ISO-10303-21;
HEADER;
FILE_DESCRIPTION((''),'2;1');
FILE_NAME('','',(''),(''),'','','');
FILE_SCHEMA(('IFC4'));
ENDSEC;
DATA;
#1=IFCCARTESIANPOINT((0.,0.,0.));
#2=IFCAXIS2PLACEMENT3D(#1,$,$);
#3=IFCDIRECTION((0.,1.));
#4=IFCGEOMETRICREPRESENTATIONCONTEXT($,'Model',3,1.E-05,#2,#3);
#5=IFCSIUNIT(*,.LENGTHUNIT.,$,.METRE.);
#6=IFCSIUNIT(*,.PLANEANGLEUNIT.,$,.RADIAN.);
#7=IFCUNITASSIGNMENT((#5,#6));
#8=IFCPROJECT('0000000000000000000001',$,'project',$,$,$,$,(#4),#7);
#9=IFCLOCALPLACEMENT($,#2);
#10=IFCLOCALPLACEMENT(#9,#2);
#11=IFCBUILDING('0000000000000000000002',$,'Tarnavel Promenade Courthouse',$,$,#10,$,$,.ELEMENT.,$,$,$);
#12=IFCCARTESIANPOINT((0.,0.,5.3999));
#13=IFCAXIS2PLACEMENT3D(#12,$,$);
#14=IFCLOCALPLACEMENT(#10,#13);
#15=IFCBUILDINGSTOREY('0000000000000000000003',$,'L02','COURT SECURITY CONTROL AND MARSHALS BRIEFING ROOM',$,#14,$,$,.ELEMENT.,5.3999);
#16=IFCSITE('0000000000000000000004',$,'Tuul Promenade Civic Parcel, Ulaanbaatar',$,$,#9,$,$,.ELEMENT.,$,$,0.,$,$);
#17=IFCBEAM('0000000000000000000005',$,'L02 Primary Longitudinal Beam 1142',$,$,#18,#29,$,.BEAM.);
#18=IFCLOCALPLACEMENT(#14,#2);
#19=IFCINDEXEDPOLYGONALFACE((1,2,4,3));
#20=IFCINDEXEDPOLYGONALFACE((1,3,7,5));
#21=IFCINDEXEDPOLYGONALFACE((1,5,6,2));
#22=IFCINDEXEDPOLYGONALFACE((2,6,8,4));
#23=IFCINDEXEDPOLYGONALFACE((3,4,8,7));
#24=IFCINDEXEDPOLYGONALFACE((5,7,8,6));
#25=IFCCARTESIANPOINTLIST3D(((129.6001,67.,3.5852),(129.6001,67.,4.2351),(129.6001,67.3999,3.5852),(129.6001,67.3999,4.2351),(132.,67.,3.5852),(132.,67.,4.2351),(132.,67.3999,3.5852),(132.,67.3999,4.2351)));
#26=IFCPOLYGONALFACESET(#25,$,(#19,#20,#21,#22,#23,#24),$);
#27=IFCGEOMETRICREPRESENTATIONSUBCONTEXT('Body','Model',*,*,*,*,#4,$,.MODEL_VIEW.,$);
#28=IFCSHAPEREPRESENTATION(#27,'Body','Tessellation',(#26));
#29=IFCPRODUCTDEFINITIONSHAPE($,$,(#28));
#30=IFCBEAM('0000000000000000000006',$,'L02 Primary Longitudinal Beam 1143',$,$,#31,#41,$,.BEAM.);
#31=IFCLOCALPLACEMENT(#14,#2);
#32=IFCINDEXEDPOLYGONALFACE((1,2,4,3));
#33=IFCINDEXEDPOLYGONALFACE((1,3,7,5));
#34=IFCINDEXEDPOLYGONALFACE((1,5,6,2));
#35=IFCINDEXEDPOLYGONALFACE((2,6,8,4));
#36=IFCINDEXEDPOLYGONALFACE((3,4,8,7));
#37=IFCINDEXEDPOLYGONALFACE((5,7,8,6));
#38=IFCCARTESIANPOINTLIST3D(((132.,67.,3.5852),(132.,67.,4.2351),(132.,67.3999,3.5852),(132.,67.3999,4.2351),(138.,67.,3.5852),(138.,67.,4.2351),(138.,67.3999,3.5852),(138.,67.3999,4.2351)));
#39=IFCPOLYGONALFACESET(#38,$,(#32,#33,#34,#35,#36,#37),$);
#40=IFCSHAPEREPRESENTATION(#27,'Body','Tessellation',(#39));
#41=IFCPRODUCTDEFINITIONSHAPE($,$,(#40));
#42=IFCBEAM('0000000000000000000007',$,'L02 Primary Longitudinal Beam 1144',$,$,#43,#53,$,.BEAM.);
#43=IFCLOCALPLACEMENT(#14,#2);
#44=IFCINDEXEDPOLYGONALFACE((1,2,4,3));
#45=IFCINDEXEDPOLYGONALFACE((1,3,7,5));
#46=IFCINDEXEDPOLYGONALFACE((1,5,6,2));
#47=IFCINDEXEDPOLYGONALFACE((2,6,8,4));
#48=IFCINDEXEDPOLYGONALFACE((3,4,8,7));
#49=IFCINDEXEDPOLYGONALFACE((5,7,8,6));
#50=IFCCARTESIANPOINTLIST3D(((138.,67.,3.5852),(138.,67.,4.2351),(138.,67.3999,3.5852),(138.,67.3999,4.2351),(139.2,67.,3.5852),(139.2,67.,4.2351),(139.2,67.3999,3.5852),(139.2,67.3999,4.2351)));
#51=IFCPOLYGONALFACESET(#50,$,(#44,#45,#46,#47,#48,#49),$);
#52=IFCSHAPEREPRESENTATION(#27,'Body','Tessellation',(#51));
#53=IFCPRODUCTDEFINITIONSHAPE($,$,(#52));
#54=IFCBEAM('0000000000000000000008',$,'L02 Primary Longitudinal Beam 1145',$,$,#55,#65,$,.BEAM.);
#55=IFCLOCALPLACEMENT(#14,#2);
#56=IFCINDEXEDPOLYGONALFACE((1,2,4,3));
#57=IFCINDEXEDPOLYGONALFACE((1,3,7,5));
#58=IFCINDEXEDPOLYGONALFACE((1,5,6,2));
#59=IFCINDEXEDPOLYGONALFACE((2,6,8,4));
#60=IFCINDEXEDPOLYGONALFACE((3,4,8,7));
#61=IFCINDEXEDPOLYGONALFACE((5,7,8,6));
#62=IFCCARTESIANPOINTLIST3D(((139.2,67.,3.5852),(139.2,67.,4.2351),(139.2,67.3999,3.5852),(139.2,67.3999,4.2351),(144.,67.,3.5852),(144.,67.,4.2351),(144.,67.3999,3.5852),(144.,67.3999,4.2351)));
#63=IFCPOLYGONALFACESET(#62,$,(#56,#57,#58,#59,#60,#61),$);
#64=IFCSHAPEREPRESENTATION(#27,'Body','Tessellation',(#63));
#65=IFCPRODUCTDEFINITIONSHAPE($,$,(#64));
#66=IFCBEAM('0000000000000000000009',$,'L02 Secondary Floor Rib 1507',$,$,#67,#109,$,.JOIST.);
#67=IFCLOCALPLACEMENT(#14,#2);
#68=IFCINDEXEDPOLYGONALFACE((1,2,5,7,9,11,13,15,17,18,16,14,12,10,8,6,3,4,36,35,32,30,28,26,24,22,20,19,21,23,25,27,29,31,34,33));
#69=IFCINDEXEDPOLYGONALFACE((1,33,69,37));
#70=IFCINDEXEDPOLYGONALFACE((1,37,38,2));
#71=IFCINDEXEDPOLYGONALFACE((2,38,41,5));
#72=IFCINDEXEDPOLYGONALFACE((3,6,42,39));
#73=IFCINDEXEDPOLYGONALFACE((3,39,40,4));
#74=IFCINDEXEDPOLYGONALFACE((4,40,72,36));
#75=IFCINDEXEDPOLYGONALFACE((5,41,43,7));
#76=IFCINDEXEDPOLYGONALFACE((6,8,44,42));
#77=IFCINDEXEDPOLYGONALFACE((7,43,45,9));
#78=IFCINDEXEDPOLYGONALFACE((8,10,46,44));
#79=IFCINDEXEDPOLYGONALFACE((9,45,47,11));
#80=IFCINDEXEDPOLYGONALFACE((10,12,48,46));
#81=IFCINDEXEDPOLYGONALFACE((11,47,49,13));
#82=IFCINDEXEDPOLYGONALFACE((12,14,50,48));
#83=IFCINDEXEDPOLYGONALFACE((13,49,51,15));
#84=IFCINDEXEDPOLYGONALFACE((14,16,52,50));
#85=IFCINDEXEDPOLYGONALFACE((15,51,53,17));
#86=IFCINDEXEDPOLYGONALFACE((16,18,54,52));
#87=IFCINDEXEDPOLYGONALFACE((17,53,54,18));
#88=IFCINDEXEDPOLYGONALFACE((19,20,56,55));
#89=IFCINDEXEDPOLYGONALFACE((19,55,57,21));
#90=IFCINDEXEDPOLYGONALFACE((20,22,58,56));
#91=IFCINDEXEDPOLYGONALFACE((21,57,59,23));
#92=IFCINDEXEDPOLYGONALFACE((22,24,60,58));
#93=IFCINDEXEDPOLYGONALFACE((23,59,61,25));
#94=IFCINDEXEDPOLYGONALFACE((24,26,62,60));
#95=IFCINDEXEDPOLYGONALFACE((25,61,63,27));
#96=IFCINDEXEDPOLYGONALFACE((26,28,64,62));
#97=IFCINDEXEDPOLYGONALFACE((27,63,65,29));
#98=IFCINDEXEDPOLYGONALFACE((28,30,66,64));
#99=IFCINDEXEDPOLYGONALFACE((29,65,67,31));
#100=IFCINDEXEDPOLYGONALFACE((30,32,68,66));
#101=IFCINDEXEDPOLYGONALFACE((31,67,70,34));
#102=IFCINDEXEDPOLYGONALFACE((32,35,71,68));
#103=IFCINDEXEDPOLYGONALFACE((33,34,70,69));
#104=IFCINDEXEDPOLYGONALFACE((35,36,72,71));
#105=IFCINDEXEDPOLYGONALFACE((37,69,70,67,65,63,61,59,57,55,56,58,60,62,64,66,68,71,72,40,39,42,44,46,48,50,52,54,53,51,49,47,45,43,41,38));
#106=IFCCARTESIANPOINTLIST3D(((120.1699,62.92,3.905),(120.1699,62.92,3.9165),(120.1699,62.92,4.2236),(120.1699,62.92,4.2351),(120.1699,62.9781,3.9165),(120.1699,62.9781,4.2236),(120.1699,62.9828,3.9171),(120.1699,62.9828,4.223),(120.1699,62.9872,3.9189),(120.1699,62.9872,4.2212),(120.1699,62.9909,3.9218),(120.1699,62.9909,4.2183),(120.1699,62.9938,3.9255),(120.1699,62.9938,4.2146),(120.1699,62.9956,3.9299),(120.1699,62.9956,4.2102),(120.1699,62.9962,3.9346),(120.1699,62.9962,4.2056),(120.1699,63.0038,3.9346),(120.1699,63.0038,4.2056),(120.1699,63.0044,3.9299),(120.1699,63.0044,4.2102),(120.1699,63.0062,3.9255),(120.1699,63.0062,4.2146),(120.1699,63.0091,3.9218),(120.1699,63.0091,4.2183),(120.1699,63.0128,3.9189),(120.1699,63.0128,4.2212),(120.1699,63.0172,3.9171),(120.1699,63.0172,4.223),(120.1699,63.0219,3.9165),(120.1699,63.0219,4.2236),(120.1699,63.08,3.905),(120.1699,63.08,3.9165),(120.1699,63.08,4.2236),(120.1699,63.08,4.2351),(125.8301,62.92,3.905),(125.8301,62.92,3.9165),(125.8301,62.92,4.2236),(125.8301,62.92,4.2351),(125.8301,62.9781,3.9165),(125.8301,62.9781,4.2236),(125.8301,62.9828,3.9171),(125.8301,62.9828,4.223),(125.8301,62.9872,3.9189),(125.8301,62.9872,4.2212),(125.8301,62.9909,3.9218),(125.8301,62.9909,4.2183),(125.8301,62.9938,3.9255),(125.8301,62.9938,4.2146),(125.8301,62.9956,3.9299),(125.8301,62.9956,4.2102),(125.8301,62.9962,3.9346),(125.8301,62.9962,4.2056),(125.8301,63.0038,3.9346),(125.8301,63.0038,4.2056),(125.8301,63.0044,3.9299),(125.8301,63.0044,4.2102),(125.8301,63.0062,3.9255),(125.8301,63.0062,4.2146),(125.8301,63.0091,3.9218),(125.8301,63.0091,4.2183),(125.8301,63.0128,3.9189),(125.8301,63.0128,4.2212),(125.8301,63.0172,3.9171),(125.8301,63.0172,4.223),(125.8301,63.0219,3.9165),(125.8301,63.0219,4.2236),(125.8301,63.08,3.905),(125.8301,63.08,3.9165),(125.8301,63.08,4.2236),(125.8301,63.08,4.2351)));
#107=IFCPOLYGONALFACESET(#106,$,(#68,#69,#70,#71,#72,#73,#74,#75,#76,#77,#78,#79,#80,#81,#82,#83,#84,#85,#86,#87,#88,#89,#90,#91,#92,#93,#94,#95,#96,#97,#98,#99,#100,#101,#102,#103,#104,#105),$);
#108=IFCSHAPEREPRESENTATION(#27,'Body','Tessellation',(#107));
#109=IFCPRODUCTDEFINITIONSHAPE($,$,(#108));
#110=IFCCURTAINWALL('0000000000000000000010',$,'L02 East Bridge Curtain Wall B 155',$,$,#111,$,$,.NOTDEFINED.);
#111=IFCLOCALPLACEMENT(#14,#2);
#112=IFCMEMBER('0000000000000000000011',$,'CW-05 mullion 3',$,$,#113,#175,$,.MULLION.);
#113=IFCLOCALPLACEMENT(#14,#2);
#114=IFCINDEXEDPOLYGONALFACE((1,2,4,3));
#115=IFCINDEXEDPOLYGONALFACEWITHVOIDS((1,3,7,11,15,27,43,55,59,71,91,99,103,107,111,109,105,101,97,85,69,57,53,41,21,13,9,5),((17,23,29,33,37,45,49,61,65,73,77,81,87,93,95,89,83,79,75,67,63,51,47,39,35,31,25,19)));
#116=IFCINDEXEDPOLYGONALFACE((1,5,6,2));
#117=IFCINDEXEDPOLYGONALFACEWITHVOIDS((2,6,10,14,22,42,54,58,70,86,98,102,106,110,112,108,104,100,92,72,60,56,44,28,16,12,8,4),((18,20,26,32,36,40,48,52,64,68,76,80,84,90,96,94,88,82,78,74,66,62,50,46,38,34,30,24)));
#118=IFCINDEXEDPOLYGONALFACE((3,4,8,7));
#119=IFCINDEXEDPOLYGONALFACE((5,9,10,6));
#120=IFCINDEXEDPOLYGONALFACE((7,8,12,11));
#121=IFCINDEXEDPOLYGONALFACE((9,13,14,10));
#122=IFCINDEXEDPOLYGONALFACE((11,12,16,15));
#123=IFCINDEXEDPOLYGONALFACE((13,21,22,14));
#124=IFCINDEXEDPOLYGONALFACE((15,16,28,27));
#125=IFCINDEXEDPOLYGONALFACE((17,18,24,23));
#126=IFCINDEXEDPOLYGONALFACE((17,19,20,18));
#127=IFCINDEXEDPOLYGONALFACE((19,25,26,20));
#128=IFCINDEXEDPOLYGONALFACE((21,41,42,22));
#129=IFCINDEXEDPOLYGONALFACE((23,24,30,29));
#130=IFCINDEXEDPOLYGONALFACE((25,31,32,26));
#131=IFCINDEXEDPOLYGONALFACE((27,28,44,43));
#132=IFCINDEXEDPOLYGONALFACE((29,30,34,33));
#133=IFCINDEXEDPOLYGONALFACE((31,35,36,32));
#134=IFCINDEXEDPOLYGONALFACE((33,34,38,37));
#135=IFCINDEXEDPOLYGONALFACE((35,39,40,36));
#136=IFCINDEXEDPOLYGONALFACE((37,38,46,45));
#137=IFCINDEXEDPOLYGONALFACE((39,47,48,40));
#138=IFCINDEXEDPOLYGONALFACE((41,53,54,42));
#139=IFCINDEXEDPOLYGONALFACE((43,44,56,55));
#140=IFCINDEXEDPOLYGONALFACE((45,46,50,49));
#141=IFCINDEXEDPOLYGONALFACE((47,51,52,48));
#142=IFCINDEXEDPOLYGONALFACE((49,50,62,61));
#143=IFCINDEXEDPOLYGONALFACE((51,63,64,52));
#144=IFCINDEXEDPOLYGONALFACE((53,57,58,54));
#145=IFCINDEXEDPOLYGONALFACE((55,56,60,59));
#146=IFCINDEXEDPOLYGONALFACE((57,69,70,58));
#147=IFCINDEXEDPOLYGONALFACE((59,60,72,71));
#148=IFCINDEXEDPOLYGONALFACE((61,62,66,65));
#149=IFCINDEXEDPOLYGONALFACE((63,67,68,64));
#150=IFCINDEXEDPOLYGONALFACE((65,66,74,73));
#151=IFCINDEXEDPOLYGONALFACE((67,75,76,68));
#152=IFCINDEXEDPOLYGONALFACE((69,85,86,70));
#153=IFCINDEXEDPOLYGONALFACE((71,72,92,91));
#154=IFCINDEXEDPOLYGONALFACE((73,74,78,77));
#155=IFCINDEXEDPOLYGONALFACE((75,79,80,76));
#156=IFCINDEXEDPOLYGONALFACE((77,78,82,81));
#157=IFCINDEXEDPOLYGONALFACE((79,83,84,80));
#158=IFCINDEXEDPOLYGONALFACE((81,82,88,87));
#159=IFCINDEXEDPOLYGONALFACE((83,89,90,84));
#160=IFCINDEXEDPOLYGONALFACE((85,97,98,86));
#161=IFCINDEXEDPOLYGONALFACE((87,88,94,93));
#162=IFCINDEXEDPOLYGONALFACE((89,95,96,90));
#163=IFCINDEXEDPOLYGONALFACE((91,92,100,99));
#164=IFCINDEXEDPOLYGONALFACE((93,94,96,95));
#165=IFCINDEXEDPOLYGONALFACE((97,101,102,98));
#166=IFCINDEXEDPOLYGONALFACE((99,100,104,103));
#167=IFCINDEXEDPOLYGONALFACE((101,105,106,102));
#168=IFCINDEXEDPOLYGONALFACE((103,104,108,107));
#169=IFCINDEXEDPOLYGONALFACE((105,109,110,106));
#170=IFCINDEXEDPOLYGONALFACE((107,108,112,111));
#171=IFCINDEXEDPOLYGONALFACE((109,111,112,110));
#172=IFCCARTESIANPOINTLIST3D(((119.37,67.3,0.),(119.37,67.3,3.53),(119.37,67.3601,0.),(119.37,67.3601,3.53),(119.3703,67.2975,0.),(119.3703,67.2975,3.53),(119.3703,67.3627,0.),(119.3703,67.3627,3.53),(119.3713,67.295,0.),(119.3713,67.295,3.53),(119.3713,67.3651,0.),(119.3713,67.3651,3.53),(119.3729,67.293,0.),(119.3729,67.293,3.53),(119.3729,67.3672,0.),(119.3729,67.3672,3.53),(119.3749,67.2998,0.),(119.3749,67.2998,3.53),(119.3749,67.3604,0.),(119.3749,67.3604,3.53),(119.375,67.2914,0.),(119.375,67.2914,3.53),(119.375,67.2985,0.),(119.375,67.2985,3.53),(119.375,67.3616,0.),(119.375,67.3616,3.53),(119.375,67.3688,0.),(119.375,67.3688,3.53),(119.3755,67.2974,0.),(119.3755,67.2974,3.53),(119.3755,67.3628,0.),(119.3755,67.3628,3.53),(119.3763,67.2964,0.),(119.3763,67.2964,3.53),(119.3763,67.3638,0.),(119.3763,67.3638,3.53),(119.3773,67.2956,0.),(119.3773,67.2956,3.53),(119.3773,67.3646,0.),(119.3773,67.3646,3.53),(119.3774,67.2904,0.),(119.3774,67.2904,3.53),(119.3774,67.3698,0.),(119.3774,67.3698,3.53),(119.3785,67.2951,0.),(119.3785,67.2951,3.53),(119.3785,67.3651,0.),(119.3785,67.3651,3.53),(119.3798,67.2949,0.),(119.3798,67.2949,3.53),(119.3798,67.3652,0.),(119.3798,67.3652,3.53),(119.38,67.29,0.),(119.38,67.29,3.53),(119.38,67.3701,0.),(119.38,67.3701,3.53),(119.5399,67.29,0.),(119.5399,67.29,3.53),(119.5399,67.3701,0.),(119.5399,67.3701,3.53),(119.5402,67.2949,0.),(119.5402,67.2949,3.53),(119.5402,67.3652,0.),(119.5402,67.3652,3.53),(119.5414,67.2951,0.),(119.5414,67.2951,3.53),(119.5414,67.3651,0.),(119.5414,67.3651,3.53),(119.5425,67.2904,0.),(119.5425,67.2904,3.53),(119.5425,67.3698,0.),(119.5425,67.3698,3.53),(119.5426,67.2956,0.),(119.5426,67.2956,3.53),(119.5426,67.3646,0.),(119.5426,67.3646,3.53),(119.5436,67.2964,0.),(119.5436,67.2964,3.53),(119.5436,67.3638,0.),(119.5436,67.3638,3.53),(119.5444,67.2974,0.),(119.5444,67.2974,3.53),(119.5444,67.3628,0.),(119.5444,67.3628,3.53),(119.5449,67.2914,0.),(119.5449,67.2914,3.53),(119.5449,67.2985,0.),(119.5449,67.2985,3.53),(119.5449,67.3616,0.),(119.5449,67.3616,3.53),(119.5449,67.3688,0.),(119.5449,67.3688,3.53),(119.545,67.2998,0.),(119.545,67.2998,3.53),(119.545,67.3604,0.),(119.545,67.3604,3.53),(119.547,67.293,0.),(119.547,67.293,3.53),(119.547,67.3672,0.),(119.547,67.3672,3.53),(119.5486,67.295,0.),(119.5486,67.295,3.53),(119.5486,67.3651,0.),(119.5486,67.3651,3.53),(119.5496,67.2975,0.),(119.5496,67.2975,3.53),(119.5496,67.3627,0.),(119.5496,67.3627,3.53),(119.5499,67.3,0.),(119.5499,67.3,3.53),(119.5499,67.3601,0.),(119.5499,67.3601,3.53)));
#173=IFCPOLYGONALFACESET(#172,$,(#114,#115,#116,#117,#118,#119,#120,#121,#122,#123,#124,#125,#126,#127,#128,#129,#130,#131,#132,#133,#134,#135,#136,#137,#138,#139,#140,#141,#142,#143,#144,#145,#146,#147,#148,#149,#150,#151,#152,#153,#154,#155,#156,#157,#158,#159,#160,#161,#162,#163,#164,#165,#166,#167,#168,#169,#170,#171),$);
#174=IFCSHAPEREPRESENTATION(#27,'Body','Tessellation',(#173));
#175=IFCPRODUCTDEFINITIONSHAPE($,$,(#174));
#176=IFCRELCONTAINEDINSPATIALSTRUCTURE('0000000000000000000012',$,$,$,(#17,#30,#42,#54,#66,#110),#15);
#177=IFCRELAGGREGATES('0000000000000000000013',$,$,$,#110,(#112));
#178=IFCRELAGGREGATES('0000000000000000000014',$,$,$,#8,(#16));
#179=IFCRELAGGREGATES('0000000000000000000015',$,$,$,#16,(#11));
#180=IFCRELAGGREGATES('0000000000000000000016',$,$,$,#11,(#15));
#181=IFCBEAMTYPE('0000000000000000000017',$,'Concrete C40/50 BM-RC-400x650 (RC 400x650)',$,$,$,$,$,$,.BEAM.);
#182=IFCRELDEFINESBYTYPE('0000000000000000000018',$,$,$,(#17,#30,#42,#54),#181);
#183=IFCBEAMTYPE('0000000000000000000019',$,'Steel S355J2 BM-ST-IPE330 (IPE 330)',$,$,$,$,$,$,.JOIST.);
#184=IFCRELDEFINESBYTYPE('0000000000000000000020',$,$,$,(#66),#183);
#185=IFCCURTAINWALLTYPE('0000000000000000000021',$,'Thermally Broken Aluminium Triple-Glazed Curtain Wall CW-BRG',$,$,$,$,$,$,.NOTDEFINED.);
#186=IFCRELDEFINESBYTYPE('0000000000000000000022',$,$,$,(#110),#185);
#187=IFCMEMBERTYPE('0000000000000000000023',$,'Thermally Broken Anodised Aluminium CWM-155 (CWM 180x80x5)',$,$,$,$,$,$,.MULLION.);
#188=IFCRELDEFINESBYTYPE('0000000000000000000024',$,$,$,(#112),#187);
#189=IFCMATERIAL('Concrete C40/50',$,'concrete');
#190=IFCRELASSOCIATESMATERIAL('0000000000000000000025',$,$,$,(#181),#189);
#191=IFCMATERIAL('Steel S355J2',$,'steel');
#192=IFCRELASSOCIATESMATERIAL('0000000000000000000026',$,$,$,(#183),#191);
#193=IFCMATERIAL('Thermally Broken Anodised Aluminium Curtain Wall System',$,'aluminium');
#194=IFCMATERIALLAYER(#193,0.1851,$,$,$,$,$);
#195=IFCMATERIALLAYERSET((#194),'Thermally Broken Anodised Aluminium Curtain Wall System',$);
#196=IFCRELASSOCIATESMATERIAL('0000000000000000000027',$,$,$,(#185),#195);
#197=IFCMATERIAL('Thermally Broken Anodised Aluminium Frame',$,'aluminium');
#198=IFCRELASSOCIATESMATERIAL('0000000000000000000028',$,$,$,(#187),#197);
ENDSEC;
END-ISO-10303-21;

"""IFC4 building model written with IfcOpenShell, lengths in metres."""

from ifc_helpers import new_model, si_unit, direction, frame, origin, origin_2d, place, context, subcontext, project, spatial, rectangle, hollow_rectangle, i_section, extrude, material, layer, layer_set, material_profile, profile_set, type_object, element, aggregate, save


model = new_model("IFC4")

# Units and contexts
model_context = context("Model", 3, precision=1e-05, world=origin(), true_north=direction((0.0, 1.0)))
body_context = subcontext(model_context, "Body", "Model", "MODEL_VIEW")
ifc_project = project(units=[si_unit("LENGTHUNIT", "METRE"), si_unit("PLANEANGLEUNIT", "RADIAN")], contexts=[model_context])

# Site, building, storey
site_placement = place(None, origin())
site = spatial("IfcSite", under=ifc_project, at=site_placement, Name="Tuul Promenade Civic Parcel, Ulaanbaatar", CompositionType="ELEMENT", RefElevation=0.0)
building_placement = place(site_placement, origin())
building = spatial("IfcBuilding", under=site, at=building_placement, Name="Tarnavel Promenade Courthouse", CompositionType="ELEMENT")
storey_placement = place(building_placement, frame((0.0, 0.0, 5.3999)))
storey = spatial("IfcBuildingStorey", under=building, at=storey_placement, Name="L02", Description="COURT SECURITY CONTROL AND MARSHALS BRIEFING ROOM", CompositionType="ELEMENT", Elevation=5.3999)

# Shared definitions
ifc_material_1 = material(Name="Concrete C40/50", Category="concrete")

# Beams
ifc_material_profile_1 = material_profile(ifc_material_1, rectangle(XDim=0.3999, YDim=0.6499, at=origin_2d()), Name="RC 400x650")
ifc_profile_set_1 = profile_set([ifc_material_profile_1], Name="Concrete C40/50")
beam_type_1 = type_object("IfcBeamType", Name="Concrete C40/50 BM-RC-400x650 (RC 400x650)", PredefinedType="BEAM", material=ifc_profile_set_1)
beam_1_placement = place(storey_placement, frame((129.6001, 67.2, 3.9102), z_axis=(1.0, 0.0, 0.0), x_axis=(0.0, 1.0, 0.0)))
element("IfcBeam", 1, at=beam_1_placement, inside=storey, type_object=beam_type_1, Name="L02 Primary Longitudinal Beam 1142", PredefinedType="BEAM", context=body_context, shape_type="SweptSolid", body=[
    extrude(rectangle(XDim=0.3999, YDim=0.6499, at=origin_2d()), origin(), (0.0, 0.0, 1.0), 2.3999),
])
beam_2_placement = place(storey_placement, frame((132.0, 67.2, 3.9102), z_axis=(1.0, 0.0, 0.0), x_axis=(0.0, 1.0, 0.0)))
element("IfcBeam", 2, at=beam_2_placement, inside=storey, type_object=beam_type_1, Name="L02 Primary Longitudinal Beam 1143", PredefinedType="BEAM", context=body_context, shape_type="SweptSolid", body=[
    extrude(rectangle(XDim=0.3999, YDim=0.6499, at=origin_2d()), origin(), (0.0, 0.0, 1.0), 6.0),
])
beam_3_placement = place(storey_placement, frame((138.0, 67.2, 3.9102), z_axis=(1.0, 0.0, 0.0), x_axis=(0.0, 1.0, 0.0)))
element("IfcBeam", 3, at=beam_3_placement, inside=storey, type_object=beam_type_1, Name="L02 Primary Longitudinal Beam 1144", PredefinedType="BEAM", context=body_context, shape_type="SweptSolid", body=[
    extrude(rectangle(XDim=0.3999, YDim=0.6499, at=origin_2d()), origin(), (0.0, 0.0, 1.0), 1.2),
])
beam_4_placement = place(storey_placement, frame((139.2, 67.2, 3.9102), z_axis=(1.0, 0.0, 0.0), x_axis=(0.0, 1.0, 0.0)))
element("IfcBeam", 4, at=beam_4_placement, inside=storey, type_object=beam_type_1, Name="L02 Primary Longitudinal Beam 1145", PredefinedType="BEAM", context=body_context, shape_type="SweptSolid", body=[
    extrude(rectangle(XDim=0.3999, YDim=0.6499, at=origin_2d()), origin(), (0.0, 0.0, 1.0), 4.8),
])
ifc_material_2 = material(Name="Steel S355J2", Category="steel")
ifc_material_profile_2 = material_profile(ifc_material_2, i_section(OverallWidth=0.1599, OverallDepth=0.3301, WebThickness=0.0076, FlangeThickness=0.0115, FilletRadius=0.0181, at=origin_2d()), Name="IPE 330")
ifc_profile_set_2 = profile_set([ifc_material_profile_2], Name="Steel S355J2")
beam_type_2 = type_object("IfcBeamType", Name="Steel S355J2 BM-ST-IPE330 (IPE 330)", PredefinedType="JOIST", material=ifc_profile_set_2)
beam_5_placement = place(storey_placement, frame((120.1699, 63.0, 4.0701), z_axis=(1.0, 0.0, 0.0), x_axis=(0.0, 1.0, 0.0)))
element("IfcBeam", 5, at=beam_5_placement, inside=storey, type_object=beam_type_2, Name="L02 Secondary Floor Rib 1507", PredefinedType="JOIST", context=body_context, shape_type="SweptSolid", body=[
    extrude(i_section(OverallWidth=0.1599, OverallDepth=0.3301, WebThickness=0.0076, FlangeThickness=0.0115, FilletRadius=0.0181, at=origin_2d()), origin(), (0.0, 0.0, 1.0), 5.6602),
])

# Curtain wall, member
ifc_material_3 = material(Name="Thermally Broken Anodised Aluminium Curtain Wall System", Category="aluminium")
ifc_layer_1 = layer(ifc_material_3, 0.1851)
ifc_layer_set_1 = layer_set([ifc_layer_1], Name="Thermally Broken Anodised Aluminium Curtain Wall System")
curtain_wall_type_1 = type_object("IfcCurtainWallType", Name="Thermally Broken Aluminium Triple-Glazed Curtain Wall CW-BRG", PredefinedType="NOTDEFINED", material=ifc_layer_set_1)
curtain_wall_1_placement = place(storey_placement, origin())
curtain_wall_1 = element("IfcCurtainWall", 6, at=curtain_wall_1_placement, inside=storey, type_object=curtain_wall_type_1, Name="L02 East Bridge Curtain Wall B 155", PredefinedType="NOTDEFINED")
ifc_material_4 = material(Name="Thermally Broken Anodised Aluminium Frame", Category="aluminium")
ifc_material_profile_3 = material_profile(ifc_material_4, hollow_rectangle(XDim=0.0801, YDim=0.1799, WallThickness=0.0049, InnerFilletRadius=0.0049, OuterFilletRadius=0.01, at=origin_2d()), Name="CWM 180x80x5")
ifc_profile_set_3 = profile_set([ifc_material_profile_3], Name="Thermally Broken Anodised Aluminium Frame")
member_type_1 = type_object("IfcMemberType", Name="Thermally Broken Anodised Aluminium CWM-155 (CWM 180x80x5)", PredefinedType="MULLION", material=ifc_profile_set_3)
member_1_placement = place(storey_placement, frame((119.46, 67.3301, 0.0), z_axis=(0.0, 0.0, 1.0), x_axis=(0.0, 1.0, 0.0)))
member_1 = element("IfcMember", 7, at=member_1_placement, type_object=member_type_1, Name="CW-05 mullion 3", PredefinedType="MULLION", context=body_context, shape_type="SweptSolid", body=[
    extrude(hollow_rectangle(XDim=0.0801, YDim=0.1799, WallThickness=0.0049, InnerFilletRadius=0.0049, OuterFilletRadius=0.01, at=origin_2d()), origin(), (0.0, 0.0, 1.0), 3.53),
])
aggregate(curtain_wall_1, [member_1])

save(model, "model.ifc")
